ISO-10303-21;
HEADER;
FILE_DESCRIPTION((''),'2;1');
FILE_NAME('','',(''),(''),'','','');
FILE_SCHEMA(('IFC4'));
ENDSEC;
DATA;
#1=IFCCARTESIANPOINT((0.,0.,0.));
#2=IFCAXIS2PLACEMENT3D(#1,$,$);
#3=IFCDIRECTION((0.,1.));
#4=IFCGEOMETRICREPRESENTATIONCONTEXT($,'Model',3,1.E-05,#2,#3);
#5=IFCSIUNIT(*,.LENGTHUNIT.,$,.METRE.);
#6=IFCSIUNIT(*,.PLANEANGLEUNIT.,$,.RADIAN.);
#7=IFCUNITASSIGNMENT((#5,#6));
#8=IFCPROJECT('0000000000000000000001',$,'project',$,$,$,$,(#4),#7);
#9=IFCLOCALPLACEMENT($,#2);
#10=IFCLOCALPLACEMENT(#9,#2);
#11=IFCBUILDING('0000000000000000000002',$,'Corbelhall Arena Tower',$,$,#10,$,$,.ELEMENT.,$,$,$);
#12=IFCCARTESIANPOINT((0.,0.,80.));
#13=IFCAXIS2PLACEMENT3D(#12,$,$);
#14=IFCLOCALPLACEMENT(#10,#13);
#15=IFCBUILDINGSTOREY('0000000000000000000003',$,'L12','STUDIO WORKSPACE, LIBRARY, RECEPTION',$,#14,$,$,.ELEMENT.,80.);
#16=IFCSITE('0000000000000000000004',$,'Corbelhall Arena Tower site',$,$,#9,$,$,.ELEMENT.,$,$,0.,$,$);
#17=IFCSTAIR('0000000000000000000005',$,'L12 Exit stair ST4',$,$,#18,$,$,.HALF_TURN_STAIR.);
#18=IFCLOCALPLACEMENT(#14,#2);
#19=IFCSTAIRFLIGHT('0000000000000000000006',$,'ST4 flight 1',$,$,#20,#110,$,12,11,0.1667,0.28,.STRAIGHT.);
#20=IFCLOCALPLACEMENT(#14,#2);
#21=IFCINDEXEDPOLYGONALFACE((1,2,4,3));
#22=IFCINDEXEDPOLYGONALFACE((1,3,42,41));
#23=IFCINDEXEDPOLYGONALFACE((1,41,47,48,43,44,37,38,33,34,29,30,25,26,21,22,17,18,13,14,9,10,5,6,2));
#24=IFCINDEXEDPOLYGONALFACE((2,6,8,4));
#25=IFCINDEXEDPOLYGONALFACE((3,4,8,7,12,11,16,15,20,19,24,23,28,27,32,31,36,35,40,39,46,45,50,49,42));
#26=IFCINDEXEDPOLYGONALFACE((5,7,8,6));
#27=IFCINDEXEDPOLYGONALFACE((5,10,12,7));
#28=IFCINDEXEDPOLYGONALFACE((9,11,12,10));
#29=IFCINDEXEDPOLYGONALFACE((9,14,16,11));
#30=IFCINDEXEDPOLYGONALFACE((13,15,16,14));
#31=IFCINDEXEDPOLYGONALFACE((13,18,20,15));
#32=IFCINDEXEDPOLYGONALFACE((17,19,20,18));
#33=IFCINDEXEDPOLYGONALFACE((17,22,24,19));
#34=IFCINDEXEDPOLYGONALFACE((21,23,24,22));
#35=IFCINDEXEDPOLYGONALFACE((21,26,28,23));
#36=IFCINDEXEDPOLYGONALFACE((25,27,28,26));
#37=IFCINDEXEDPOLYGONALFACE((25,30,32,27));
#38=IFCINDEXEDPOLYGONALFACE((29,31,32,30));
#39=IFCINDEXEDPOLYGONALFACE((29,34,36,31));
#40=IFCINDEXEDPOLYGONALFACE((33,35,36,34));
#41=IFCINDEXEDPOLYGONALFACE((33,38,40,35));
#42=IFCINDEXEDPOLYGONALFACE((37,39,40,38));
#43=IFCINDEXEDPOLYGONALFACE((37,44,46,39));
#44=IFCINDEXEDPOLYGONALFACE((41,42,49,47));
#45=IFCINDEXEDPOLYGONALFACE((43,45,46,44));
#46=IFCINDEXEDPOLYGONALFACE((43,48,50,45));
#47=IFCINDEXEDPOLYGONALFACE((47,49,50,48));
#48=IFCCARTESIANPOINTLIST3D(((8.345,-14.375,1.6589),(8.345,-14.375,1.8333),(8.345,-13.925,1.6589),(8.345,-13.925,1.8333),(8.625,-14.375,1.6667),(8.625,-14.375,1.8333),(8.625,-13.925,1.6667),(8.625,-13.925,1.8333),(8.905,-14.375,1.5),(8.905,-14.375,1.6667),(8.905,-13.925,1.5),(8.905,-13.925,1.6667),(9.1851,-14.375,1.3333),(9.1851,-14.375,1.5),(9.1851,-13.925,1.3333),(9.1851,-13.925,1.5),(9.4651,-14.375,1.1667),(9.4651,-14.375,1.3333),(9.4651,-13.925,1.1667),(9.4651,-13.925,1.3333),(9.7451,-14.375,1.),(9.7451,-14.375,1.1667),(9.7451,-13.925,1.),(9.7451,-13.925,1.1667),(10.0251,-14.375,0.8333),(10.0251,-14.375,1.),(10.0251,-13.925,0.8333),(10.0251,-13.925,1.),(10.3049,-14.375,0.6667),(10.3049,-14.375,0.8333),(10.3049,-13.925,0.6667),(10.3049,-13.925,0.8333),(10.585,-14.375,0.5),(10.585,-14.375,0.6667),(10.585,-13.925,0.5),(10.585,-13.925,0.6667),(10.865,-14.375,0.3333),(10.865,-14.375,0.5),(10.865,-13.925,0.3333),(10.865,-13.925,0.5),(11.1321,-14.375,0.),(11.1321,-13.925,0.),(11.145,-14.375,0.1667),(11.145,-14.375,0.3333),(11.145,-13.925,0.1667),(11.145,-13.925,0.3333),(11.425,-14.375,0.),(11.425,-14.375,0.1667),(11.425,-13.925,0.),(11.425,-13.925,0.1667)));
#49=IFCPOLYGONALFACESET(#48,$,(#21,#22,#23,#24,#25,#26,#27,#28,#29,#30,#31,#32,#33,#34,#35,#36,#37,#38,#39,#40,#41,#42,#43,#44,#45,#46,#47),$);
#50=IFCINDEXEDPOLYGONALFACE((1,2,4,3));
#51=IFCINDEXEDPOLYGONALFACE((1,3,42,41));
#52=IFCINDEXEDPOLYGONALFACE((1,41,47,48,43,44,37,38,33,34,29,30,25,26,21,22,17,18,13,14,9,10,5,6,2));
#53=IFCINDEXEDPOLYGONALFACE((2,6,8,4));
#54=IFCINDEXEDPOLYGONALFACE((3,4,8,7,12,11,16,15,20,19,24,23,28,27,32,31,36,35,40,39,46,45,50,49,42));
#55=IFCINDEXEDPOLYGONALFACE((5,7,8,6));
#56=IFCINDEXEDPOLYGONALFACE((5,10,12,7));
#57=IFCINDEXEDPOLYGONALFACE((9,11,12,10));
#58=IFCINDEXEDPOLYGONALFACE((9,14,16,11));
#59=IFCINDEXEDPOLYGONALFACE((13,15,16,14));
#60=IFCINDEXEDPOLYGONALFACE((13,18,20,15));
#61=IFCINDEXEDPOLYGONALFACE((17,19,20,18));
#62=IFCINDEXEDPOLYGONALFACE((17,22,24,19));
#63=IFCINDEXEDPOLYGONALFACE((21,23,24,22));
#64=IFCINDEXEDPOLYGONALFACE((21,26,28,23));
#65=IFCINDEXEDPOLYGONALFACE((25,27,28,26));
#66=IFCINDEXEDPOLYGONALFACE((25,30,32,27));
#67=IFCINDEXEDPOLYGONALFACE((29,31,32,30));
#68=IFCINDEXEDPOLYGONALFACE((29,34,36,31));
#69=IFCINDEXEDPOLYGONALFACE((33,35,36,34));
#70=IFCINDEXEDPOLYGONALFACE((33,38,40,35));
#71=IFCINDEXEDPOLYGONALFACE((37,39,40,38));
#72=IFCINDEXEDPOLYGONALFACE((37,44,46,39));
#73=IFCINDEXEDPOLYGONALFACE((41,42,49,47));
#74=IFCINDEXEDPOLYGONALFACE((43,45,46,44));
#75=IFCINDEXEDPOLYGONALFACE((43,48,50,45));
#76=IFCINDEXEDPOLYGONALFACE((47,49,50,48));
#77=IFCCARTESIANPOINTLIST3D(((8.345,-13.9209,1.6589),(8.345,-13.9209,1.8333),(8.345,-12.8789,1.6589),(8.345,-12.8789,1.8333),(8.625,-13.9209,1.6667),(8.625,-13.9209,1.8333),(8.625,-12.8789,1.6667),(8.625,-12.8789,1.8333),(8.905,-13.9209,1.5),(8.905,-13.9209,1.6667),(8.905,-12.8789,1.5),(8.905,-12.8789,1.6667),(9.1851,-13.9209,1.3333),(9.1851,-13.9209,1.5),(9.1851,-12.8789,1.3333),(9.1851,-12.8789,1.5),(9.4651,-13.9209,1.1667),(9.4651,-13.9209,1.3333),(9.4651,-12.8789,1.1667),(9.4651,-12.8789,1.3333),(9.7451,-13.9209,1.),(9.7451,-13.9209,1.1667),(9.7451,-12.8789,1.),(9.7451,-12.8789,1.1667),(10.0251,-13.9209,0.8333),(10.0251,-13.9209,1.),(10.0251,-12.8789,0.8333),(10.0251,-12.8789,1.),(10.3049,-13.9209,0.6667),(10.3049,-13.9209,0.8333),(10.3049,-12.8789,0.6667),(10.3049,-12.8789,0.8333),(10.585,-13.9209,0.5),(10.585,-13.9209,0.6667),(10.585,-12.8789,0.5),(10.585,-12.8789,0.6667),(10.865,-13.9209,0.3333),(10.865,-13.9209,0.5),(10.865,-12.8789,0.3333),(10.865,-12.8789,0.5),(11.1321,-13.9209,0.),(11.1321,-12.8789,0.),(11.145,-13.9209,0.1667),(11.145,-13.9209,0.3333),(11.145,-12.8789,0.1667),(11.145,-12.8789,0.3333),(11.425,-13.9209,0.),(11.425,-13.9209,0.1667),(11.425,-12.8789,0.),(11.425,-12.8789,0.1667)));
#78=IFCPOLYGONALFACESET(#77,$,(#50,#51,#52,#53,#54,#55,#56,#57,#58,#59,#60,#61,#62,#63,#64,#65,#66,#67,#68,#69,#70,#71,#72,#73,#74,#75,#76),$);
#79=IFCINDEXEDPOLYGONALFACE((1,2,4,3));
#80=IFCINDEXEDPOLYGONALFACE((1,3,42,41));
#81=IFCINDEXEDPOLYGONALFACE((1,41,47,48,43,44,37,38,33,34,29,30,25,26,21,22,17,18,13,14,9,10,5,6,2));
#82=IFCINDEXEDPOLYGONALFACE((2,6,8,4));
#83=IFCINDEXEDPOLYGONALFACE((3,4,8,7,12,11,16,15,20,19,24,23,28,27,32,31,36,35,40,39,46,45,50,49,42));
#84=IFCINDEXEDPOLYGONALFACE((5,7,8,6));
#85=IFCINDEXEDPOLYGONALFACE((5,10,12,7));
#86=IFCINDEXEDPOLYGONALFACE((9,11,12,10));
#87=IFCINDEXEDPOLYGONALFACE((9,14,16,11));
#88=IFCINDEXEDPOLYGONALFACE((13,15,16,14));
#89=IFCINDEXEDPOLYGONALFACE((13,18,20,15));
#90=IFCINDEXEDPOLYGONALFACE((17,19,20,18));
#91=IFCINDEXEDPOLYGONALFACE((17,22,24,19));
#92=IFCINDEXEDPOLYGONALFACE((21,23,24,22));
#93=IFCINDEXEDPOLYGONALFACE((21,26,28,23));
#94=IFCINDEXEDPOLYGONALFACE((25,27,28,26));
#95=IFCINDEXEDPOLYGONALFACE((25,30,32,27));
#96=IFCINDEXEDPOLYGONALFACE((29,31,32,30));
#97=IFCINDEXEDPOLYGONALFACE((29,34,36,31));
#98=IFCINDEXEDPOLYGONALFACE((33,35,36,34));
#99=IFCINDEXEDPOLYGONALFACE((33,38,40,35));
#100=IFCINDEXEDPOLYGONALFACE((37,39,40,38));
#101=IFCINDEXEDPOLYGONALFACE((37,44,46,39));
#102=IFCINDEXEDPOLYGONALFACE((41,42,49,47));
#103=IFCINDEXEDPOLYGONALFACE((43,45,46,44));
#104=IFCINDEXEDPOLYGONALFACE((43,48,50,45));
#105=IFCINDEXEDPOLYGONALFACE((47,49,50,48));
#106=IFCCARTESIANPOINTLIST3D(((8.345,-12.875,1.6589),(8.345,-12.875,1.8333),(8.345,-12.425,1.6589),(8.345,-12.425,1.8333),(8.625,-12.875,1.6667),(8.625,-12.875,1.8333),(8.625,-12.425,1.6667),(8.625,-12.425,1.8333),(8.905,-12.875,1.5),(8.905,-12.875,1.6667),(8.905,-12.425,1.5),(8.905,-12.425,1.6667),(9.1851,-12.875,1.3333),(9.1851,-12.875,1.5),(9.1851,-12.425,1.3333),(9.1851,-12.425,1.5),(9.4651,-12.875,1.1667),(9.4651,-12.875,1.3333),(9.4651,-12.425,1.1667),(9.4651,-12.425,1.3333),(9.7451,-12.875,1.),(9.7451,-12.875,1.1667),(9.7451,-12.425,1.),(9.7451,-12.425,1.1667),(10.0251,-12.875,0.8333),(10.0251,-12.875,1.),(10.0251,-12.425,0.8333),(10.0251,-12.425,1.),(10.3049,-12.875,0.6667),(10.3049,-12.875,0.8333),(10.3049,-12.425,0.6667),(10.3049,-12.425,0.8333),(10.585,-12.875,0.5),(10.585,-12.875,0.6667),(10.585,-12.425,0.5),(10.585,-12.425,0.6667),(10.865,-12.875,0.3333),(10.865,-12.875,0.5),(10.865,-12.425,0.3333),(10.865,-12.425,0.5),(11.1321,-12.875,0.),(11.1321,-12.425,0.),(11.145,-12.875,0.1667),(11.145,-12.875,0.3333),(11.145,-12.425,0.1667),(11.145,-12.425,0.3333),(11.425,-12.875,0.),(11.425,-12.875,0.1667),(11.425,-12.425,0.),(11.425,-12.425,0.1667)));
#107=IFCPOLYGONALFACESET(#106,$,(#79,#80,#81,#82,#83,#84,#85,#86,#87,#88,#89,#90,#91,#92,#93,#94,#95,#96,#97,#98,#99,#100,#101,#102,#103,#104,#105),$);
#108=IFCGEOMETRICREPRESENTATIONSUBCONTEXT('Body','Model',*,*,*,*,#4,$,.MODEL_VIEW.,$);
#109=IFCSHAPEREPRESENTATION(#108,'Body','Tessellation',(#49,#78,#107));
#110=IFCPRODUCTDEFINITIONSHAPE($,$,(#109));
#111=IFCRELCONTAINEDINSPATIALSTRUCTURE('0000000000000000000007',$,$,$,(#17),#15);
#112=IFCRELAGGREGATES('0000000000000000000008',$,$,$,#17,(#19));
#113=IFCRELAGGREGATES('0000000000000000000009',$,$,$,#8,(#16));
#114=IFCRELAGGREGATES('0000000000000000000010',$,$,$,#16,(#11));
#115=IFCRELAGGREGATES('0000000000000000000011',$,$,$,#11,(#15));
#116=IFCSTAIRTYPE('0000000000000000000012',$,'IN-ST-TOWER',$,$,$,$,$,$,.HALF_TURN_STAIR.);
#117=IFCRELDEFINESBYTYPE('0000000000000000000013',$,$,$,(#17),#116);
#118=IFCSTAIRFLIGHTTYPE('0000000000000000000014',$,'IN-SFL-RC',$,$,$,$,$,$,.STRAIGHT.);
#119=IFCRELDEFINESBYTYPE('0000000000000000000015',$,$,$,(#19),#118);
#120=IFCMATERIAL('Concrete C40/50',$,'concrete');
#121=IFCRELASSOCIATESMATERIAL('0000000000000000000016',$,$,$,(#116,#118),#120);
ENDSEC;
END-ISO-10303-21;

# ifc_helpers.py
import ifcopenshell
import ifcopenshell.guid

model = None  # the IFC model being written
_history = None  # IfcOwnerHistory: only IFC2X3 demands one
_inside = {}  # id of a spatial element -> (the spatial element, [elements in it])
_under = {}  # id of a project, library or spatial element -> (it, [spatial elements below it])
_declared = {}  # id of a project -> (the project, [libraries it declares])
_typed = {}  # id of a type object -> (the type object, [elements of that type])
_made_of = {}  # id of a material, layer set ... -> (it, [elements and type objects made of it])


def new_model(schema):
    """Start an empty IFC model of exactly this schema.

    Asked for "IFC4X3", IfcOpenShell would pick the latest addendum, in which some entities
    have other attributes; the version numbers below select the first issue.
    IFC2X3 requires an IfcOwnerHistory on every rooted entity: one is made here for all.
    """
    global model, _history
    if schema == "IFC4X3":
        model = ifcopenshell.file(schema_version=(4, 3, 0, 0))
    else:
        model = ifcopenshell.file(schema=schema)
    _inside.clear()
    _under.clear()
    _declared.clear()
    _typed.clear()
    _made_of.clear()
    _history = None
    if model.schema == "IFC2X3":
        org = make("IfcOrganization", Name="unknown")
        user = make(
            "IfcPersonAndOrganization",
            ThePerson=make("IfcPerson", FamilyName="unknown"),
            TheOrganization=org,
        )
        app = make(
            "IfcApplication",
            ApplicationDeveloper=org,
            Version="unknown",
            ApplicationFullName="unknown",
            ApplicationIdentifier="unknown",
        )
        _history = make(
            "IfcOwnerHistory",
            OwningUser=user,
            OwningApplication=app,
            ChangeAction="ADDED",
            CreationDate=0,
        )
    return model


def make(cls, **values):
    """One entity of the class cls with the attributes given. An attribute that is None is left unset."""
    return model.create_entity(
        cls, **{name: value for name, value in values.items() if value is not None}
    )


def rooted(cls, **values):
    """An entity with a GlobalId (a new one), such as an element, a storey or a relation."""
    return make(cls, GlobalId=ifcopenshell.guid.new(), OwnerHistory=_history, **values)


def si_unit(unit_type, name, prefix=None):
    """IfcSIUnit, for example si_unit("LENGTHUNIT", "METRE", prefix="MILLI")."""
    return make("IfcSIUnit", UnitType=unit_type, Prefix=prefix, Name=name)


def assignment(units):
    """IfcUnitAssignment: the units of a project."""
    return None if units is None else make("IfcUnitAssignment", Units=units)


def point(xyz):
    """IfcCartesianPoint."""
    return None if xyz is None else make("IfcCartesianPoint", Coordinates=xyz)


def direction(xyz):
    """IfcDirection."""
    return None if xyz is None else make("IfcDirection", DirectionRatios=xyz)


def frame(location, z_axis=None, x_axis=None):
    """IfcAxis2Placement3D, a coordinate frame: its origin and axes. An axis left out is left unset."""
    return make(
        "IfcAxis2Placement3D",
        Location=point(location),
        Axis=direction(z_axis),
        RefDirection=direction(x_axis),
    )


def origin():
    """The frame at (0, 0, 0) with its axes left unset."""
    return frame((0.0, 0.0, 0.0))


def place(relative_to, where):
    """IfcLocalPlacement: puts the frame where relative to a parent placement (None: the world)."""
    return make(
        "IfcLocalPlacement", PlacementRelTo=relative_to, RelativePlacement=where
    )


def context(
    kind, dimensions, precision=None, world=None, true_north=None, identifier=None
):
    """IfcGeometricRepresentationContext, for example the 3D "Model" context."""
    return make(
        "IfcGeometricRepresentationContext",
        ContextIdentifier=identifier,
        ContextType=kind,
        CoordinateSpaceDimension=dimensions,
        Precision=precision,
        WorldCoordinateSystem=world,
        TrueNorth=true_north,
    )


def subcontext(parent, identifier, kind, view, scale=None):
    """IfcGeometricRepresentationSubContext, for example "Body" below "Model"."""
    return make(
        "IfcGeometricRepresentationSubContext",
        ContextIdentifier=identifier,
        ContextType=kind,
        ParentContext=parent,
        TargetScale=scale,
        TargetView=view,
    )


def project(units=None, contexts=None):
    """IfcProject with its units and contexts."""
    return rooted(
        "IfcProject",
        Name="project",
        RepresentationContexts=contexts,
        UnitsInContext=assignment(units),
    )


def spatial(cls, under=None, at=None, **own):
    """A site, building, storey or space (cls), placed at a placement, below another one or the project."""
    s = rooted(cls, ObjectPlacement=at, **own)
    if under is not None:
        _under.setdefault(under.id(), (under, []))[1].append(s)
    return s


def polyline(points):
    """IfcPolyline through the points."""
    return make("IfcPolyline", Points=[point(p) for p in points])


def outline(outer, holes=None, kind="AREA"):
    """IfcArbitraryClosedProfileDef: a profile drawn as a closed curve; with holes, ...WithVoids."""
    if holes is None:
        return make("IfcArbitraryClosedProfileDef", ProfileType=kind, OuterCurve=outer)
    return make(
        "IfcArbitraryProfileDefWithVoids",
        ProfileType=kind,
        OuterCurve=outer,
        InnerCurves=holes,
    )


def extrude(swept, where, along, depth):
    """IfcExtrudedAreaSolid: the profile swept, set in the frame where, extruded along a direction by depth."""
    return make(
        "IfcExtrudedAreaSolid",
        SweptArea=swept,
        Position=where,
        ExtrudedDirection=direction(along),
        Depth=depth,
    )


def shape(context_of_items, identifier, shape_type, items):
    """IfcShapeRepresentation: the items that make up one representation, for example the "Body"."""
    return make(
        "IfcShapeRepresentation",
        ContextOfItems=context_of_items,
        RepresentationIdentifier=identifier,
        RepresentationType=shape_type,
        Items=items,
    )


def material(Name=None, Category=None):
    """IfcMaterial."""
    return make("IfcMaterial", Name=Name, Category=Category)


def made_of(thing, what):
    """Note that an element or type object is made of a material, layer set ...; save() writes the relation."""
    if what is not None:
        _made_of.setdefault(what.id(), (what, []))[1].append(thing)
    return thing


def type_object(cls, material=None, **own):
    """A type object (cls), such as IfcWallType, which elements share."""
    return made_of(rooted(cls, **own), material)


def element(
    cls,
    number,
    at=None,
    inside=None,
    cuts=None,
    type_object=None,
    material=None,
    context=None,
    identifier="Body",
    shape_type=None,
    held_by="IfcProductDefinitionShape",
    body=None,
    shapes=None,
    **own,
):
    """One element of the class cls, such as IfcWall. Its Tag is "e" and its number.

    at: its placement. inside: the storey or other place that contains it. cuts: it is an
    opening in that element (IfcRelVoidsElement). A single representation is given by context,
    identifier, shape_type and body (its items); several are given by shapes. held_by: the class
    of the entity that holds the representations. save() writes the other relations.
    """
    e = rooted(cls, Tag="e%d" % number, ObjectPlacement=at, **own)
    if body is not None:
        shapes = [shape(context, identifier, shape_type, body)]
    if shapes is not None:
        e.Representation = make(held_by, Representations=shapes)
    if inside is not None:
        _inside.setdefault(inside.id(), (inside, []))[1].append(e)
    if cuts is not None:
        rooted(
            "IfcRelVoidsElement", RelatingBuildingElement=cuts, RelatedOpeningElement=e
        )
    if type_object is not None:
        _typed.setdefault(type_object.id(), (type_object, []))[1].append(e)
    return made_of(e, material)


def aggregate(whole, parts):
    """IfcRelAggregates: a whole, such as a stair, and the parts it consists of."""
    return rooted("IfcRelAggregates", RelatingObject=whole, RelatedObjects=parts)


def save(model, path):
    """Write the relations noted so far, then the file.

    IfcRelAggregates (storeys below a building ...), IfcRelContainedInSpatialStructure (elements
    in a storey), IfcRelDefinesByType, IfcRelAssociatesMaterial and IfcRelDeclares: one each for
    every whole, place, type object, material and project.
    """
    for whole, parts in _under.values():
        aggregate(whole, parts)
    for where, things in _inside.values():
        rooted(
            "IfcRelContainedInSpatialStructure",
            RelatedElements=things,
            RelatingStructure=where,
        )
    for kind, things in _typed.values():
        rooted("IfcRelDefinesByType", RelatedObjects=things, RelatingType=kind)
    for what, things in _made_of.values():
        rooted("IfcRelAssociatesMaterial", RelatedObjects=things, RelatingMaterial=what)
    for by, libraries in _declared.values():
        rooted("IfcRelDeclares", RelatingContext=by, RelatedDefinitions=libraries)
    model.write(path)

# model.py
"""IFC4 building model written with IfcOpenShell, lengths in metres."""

from ifc_helpers import new_model, si_unit, direction, frame, origin, place, context, subcontext, project, spatial, polyline, outline, extrude, material, type_object, element, aggregate, save


model = new_model("IFC4")

# Units and contexts
model_context = context("Model", 3, precision=1e-05, world=origin(), true_north=direction((0.0, 1.0)))
body_context = subcontext(model_context, "Body", "Model", "MODEL_VIEW")
ifc_project = project(units=[si_unit("LENGTHUNIT", "METRE"), si_unit("PLANEANGLEUNIT", "RADIAN")], contexts=[model_context])

# Site, building, storey
site_placement = place(None, origin())
site = spatial("IfcSite", under=ifc_project, at=site_placement, Name="Corbelhall Arena Tower site", CompositionType="ELEMENT", RefElevation=0.0)
building_placement = place(site_placement, origin())
building = spatial("IfcBuilding", under=site, at=building_placement, Name="Corbelhall Arena Tower", CompositionType="ELEMENT")
storey_placement = place(building_placement, frame((0.0, 0.0, 80.0)))
storey = spatial("IfcBuildingStorey", under=building, at=storey_placement, Name="L12", Description="STUDIO WORKSPACE, LIBRARY, RECEPTION", CompositionType="ELEMENT", Elevation=80.0)

# Shared definitions
ifc_material_1 = material(Name="Concrete C40/50", Category="concrete")

# Stair, stair flight
stair_type = type_object("IfcStairType", Name="IN-ST-TOWER", PredefinedType="HALF_TURN_STAIR", material=ifc_material_1)
stair_placement = place(storey_placement, origin())
stair = element("IfcStair", 1, at=stair_placement, inside=storey, type_object=stair_type, Name="L12 Exit stair ST4", PredefinedType="HALF_TURN_STAIR")
stair_flight_type = type_object("IfcStairFlightType", Name="IN-SFL-RC", PredefinedType="STRAIGHT", material=ifc_material_1)
stair_flight_placement = place(storey_placement, frame((11.425, -13.3999, 0.0), z_axis=(0.0, 0.0, 1.0), x_axis=(-1.0, 0.0, 0.0)))
stair_flight = element("IfcStairFlight", 2, at=stair_flight_placement, type_object=stair_flight_type, Name="ST4 flight 1", NumberOfRisers=12, NumberOfTreads=11, PredefinedType="STRAIGHT", RiserHeight=0.1667, TreadLength=0.28, context=body_context, shape_type="SweptSolid", body=[
    extrude(outline(polyline([(0.0, 0.0), (0.0, 0.1667), (0.28, 0.1667), (0.28, 0.3333), (0.5601, 0.3333), (0.5601, 0.5), (0.8401, 0.5), (0.8401, 0.6667), (1.1201, 0.6667), (1.1201, 0.8333), (1.3999, 0.8333), (1.3999, 1.0), (1.6799, 1.0), (1.6799, 1.1667), (1.96, 1.1667), (1.96, 1.3333), (2.24, 1.3333), (2.24, 1.5), (2.52, 1.5), (2.52, 1.6667), (2.8, 1.6667), (2.8, 1.8333), (3.0801, 1.8333), (3.0801, 2.0), (3.0801, 1.6589), (0.293, 0.0), (0.0, 0.0)])), frame((0.0, 0.9751, 0.0), z_axis=(0.0, -1.0, 0.0), x_axis=(1.0, 0.0, 0.0)), (0.0, 0.0, 1.0), 0.45),
    extrude(outline(polyline([(0.0, 0.0), (0.0, 0.1667), (0.28, 0.1667), (0.28, 0.3333), (0.5601, 0.3333), (0.5601, 0.5), (0.8401, 0.5), (0.8401, 0.6667), (1.1201, 0.6667), (1.1201, 0.8333), (1.3999, 0.8333), (1.3999, 1.0), (1.6799, 1.0), (1.6799, 1.1667), (1.96, 1.1667), (1.96, 1.3333), (2.24, 1.3333), (2.24, 1.5), (2.52, 1.5), (2.52, 1.6667), (2.8, 1.6667), (2.8, 1.8333), (3.0801, 1.8333), (3.0801, 2.0), (3.0801, 1.6589), (0.293, 0.0), (0.0, 0.0)])), frame((0.0, 0.521, 0.0), z_axis=(0.0, -1.0, 0.0), x_axis=(1.0, 0.0, 0.0)), (0.0, 0.0, 1.0), 1.042),
    extrude(outline(polyline([(0.0, 0.0), (0.0, 0.1667), (0.28, 0.1667), (0.28, 0.3333), (0.5601, 0.3333), (0.5601, 0.5), (0.8401, 0.5), (0.8401, 0.6667), (1.1201, 0.6667), (1.1201, 0.8333), (1.3999, 0.8333), (1.3999, 1.0), (1.6799, 1.0), (1.6799, 1.1667), (1.96, 1.1667), (1.96, 1.3333), (2.24, 1.3333), (2.24, 1.5), (2.52, 1.5), (2.52, 1.6667), (2.8, 1.6667), (2.8, 1.8333), (3.0801, 1.8333), (3.0801, 2.0), (3.0801, 1.6589), (0.293, 0.0), (0.0, 0.0)])), frame((0.0, -0.5249, 0.0), z_axis=(0.0, -1.0, 0.0), x_axis=(1.0, 0.0, 0.0)), (0.0, 0.0, 1.0), 0.45),
])
aggregate(stair, [stair_flight])

save(model, "model.ifc")
